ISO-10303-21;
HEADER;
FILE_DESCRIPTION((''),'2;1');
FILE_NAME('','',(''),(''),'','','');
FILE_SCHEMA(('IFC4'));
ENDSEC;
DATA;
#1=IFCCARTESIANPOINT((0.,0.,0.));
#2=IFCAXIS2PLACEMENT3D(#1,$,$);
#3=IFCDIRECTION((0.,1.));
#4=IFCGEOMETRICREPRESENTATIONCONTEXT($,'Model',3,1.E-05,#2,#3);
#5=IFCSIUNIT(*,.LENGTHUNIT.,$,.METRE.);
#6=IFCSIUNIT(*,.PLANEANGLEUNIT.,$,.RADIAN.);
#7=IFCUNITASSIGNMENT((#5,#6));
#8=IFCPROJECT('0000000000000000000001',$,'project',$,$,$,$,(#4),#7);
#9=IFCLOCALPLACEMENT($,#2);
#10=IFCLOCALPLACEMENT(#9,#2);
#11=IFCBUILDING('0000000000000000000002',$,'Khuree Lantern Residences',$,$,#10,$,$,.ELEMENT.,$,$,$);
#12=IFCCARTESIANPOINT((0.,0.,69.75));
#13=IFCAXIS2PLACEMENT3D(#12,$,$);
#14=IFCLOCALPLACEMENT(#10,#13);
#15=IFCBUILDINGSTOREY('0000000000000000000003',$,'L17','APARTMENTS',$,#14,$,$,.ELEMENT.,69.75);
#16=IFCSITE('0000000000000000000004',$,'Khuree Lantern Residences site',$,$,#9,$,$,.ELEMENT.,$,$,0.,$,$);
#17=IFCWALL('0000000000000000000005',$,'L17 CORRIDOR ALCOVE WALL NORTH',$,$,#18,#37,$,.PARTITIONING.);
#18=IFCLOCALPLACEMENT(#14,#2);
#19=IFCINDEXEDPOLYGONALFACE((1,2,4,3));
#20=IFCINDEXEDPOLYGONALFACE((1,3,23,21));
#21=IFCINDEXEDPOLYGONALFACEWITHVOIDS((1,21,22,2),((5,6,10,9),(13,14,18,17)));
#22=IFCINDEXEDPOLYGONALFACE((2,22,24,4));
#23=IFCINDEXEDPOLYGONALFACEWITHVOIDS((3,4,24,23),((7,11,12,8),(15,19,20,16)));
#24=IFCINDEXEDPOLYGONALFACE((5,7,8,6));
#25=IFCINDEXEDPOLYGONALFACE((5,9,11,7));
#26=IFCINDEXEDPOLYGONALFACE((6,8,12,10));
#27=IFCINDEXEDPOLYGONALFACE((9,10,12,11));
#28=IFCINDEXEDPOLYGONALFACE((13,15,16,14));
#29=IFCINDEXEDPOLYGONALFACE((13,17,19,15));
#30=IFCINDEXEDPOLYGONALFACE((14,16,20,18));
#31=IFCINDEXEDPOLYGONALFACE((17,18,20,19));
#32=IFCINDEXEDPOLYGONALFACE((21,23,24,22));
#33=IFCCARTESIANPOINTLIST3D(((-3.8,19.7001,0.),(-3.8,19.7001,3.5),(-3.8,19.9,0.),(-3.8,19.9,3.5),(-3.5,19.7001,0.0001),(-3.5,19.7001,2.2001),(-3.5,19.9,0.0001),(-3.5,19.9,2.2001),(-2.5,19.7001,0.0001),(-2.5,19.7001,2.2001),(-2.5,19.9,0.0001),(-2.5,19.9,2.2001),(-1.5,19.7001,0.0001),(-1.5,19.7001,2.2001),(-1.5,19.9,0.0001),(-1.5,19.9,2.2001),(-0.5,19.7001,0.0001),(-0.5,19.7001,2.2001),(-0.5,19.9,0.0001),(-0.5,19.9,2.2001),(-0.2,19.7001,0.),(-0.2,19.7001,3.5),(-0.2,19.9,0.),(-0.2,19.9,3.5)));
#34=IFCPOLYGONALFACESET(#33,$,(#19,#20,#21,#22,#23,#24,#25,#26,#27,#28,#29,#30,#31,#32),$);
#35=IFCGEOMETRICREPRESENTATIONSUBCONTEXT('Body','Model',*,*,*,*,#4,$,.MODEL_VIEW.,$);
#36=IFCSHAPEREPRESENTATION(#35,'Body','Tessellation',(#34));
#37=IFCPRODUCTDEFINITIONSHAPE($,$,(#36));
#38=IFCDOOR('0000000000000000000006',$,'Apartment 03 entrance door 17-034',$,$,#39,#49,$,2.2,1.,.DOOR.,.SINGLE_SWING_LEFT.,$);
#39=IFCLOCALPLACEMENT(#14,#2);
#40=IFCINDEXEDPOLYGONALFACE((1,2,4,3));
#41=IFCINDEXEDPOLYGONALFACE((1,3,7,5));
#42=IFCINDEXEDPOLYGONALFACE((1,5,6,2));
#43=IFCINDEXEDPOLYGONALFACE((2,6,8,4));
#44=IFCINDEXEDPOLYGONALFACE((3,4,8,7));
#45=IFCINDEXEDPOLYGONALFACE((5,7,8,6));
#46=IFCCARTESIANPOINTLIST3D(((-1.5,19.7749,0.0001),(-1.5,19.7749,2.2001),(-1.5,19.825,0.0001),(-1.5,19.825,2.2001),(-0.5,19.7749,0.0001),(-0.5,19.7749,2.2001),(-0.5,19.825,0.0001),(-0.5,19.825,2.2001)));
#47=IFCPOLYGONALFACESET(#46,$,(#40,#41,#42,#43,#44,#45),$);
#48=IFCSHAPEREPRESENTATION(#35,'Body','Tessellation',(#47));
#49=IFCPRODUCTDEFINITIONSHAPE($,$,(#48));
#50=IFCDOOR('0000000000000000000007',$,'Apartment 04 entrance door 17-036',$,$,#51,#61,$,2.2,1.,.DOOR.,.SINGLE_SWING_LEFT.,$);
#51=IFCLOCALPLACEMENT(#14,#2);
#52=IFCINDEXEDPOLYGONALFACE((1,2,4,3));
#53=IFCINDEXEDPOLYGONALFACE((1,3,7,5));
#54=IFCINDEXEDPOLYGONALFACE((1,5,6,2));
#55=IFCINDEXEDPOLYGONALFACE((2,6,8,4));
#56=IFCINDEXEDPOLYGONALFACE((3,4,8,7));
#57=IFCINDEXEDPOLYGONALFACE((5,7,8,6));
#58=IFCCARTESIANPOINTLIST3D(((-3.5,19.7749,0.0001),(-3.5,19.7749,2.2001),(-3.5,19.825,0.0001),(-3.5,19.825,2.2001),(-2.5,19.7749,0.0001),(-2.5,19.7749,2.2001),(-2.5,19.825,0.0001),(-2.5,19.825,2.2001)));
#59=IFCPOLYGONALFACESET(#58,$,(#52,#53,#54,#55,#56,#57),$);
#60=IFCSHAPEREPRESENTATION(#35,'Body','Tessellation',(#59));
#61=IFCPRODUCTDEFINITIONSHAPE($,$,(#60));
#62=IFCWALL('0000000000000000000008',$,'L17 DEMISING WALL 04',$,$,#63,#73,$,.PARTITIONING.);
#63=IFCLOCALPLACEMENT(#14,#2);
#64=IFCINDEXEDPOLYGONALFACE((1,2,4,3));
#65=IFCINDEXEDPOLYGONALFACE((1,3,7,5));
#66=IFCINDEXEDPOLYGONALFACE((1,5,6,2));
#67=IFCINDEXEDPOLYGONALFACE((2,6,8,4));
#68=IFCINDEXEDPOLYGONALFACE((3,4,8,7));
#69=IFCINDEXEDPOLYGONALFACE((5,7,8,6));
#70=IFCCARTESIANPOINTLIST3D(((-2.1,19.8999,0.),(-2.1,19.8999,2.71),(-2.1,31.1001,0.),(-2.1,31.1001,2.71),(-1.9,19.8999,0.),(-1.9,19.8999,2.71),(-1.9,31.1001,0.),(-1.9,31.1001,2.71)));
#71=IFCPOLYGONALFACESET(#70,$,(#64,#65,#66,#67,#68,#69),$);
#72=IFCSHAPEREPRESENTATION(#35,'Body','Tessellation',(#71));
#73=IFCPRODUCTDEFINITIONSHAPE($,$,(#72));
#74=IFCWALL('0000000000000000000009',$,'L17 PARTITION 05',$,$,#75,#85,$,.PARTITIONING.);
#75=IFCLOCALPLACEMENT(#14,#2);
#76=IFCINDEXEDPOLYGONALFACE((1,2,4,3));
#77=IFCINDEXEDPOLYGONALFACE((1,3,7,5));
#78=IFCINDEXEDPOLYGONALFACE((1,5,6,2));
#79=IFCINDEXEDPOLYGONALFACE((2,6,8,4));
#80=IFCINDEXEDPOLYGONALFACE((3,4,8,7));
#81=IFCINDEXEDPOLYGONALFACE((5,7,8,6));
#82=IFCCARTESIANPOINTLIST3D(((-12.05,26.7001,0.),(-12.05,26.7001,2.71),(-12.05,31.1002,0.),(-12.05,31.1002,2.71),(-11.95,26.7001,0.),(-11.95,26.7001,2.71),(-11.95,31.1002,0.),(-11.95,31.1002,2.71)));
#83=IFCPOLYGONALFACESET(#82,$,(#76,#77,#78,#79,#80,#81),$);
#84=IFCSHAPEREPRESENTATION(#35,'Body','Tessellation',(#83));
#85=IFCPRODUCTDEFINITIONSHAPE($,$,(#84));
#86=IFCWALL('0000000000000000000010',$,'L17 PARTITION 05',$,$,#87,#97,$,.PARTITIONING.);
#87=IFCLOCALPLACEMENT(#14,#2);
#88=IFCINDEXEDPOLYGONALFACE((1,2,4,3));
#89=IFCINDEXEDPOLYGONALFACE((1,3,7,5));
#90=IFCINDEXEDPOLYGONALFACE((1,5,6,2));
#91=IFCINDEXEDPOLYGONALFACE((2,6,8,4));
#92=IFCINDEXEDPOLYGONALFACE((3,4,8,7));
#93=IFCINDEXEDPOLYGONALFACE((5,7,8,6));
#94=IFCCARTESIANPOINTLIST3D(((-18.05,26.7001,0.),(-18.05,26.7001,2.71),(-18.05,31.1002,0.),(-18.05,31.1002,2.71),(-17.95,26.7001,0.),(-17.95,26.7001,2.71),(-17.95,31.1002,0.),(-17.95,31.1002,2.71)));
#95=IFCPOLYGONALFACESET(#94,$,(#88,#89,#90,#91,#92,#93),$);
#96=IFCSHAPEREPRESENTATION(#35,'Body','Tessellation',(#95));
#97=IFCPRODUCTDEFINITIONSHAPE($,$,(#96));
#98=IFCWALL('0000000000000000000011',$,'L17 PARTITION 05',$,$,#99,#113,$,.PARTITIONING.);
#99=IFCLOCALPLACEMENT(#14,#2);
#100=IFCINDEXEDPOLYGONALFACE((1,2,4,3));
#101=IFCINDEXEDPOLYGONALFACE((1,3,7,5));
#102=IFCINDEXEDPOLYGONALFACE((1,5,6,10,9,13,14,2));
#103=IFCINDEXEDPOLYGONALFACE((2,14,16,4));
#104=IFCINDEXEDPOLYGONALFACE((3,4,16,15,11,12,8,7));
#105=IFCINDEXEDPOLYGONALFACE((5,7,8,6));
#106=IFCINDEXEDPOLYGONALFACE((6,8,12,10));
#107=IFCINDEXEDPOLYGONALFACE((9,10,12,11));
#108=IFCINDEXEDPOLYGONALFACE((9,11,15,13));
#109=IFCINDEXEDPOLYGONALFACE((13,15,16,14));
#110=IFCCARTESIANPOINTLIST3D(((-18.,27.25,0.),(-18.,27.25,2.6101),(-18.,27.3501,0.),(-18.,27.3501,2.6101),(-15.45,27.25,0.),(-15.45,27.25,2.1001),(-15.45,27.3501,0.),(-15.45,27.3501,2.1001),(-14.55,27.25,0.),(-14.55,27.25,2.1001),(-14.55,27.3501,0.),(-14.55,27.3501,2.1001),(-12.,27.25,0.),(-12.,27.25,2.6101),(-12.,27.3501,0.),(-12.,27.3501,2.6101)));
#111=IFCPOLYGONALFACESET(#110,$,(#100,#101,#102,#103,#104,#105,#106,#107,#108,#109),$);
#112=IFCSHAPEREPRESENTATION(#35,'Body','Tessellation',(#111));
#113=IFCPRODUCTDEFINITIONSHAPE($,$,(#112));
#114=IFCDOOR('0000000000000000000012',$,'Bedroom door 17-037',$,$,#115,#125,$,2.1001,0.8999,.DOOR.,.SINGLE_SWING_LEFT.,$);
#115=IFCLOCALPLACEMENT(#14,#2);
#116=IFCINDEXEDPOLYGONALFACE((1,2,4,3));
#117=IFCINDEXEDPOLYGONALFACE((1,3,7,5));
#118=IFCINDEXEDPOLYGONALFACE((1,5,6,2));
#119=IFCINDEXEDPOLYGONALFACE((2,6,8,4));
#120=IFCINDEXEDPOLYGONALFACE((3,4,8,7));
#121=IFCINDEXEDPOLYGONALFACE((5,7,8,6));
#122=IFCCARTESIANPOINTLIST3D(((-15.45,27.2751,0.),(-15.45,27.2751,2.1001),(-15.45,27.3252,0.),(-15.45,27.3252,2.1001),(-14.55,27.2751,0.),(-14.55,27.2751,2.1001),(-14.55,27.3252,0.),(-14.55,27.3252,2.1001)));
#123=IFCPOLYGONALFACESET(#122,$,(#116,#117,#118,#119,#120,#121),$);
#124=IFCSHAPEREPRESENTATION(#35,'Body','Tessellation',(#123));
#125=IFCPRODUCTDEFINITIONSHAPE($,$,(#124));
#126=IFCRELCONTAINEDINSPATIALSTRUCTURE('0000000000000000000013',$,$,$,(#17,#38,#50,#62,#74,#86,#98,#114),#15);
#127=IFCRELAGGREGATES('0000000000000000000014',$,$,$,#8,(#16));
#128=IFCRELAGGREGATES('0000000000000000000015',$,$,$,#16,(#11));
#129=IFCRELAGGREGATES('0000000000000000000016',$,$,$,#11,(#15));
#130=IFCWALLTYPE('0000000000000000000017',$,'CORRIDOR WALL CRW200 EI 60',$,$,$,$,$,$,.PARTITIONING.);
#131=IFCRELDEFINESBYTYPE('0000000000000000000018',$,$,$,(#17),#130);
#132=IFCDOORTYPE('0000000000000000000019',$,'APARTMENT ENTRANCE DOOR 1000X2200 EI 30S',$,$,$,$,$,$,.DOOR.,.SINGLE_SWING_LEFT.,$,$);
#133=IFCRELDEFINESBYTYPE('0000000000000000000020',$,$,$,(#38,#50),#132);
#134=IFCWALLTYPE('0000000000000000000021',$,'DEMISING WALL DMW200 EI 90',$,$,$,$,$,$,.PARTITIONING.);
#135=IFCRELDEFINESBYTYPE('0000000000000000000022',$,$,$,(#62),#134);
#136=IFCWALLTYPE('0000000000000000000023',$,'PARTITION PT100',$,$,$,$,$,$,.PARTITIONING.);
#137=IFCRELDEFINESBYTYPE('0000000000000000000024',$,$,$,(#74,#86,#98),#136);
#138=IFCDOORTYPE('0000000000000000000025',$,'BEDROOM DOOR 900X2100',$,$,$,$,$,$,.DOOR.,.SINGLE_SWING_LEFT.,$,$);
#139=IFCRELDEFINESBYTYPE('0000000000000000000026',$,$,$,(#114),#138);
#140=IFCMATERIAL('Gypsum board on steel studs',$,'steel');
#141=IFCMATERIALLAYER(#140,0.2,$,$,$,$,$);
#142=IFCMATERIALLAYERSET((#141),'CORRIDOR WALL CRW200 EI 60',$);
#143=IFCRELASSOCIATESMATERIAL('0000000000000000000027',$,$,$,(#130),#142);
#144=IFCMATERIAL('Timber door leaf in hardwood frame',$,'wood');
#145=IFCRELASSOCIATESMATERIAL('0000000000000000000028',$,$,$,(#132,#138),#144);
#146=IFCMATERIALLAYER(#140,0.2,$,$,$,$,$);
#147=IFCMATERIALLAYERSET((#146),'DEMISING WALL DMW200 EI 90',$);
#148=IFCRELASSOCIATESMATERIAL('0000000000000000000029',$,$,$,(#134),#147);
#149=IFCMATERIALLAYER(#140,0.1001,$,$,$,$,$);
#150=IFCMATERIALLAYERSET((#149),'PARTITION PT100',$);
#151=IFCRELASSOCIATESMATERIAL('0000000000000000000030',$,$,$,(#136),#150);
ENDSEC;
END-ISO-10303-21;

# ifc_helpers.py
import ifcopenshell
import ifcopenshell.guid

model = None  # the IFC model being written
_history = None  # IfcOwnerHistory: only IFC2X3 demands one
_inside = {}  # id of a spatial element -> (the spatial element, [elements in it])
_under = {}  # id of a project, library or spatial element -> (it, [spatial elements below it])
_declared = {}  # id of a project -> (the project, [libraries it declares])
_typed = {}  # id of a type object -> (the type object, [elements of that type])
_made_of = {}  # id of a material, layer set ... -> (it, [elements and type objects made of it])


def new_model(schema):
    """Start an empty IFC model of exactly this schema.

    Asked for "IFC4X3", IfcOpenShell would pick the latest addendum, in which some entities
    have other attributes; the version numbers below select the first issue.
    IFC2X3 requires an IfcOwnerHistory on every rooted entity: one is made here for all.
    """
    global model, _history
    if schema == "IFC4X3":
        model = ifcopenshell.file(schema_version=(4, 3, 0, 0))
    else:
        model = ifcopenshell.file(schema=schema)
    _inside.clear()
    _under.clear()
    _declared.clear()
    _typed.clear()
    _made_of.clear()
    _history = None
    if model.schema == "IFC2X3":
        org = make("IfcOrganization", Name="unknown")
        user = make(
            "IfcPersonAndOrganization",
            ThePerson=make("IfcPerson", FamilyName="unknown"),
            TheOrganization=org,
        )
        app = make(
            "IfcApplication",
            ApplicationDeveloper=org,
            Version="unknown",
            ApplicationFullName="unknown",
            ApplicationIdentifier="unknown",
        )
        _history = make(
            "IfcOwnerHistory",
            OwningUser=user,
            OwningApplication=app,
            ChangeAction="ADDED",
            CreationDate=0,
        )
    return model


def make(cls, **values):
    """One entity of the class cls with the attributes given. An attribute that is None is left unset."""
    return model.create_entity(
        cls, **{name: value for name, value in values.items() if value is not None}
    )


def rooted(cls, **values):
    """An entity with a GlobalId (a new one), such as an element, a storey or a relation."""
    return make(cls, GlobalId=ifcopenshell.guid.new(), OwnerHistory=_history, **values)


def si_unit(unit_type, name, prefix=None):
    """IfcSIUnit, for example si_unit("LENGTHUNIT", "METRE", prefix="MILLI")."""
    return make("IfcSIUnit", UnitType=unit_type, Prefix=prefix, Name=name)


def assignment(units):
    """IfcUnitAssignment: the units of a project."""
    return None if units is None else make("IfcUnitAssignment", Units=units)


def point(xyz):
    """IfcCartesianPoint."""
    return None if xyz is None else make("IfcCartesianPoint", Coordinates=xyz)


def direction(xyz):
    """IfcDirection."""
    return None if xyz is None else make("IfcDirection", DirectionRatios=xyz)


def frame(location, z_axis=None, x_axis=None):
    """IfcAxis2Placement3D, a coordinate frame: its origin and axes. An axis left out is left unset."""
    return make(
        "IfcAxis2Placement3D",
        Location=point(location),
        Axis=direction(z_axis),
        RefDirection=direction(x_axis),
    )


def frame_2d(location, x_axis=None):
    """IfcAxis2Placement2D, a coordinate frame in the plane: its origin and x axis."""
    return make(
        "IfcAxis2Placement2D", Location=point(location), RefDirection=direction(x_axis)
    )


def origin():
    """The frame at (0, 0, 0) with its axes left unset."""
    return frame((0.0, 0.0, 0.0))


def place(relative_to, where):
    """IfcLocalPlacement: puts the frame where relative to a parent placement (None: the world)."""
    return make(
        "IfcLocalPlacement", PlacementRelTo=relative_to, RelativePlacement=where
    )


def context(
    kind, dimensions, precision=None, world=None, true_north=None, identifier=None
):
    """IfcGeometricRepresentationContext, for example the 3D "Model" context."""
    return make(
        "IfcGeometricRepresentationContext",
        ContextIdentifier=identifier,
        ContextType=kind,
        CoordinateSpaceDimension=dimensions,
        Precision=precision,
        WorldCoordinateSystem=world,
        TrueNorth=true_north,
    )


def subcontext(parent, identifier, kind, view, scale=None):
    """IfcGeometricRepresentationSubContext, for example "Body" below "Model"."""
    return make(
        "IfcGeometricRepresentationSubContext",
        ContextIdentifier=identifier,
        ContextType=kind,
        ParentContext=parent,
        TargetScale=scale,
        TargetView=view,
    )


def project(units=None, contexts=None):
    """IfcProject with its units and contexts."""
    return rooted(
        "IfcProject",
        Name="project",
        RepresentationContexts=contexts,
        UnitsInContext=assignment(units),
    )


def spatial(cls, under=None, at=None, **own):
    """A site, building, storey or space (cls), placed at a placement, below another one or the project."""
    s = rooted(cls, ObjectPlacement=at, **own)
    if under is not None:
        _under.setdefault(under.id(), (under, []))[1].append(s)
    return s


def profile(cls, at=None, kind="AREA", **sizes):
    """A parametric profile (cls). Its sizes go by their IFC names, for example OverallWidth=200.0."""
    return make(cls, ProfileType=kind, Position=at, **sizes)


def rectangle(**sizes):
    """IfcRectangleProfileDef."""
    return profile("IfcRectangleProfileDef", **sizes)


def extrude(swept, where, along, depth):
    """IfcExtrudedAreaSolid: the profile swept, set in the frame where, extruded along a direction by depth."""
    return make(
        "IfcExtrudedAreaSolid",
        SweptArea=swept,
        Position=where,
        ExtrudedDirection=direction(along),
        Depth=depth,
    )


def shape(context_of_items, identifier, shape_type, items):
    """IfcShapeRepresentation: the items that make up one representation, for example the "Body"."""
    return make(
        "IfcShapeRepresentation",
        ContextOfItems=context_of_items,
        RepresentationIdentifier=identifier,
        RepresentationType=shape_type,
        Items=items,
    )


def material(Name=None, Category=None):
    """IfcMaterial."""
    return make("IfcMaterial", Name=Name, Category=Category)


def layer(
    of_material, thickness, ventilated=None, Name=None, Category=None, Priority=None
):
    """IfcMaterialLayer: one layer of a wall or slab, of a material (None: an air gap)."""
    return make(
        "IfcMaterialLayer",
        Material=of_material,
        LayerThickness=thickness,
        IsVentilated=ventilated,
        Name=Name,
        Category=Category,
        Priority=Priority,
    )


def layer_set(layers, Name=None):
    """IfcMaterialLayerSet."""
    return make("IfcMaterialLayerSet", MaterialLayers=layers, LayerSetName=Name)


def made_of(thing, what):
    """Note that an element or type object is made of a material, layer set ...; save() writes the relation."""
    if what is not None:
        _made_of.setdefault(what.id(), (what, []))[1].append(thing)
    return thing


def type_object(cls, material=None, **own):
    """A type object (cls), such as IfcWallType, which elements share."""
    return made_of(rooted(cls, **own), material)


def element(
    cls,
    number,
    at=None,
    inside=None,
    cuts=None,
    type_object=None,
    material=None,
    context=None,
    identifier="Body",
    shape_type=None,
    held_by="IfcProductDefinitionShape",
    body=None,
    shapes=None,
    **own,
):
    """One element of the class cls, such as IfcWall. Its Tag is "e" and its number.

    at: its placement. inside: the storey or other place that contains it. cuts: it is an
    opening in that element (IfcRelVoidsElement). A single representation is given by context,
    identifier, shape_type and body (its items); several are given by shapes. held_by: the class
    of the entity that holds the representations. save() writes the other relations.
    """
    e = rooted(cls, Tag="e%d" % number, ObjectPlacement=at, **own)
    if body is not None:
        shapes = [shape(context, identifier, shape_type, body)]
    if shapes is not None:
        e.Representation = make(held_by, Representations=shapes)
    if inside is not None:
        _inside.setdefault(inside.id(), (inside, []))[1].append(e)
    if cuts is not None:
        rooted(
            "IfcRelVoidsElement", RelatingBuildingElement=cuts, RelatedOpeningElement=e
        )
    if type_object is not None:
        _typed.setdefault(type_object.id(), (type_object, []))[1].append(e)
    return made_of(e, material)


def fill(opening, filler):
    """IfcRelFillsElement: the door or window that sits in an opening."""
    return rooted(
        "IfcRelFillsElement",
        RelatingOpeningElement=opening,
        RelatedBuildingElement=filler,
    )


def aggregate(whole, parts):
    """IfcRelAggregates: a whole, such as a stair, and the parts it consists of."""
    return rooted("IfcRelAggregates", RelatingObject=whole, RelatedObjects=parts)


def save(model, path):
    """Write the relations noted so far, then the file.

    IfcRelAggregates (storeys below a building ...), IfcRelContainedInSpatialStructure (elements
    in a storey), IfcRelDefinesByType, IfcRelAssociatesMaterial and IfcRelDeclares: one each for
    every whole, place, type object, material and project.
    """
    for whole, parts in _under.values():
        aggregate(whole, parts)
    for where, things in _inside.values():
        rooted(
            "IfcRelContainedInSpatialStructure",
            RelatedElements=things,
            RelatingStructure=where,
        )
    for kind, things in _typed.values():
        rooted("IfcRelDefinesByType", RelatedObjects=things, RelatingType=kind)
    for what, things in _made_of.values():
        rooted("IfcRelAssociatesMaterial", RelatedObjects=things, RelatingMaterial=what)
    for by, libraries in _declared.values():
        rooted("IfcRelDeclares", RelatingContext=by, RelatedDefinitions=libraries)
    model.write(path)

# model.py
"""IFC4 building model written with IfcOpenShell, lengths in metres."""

from ifc_helpers import new_model, si_unit, direction, frame, frame_2d, origin, place, context, subcontext, project, spatial, rectangle, extrude, material, layer, layer_set, type_object, element, fill, save


model = new_model("IFC4")

# Units and contexts
model_context = context("Model", 3, precision=1e-05, world=origin(), true_north=direction((0.0, 1.0)))
body_context = subcontext(model_context, "Body", "Model", "MODEL_VIEW")
ifc_project = project(units=[si_unit("LENGTHUNIT", "METRE"), si_unit("PLANEANGLEUNIT", "RADIAN")], contexts=[model_context])

# Site, building, storey
site_placement = place(None, origin())
site = spatial("IfcSite", under=ifc_project, at=site_placement, Name="Khuree Lantern Residences site", CompositionType="ELEMENT", RefElevation=0.0)
building_placement = place(site_placement, origin())
building = spatial("IfcBuilding", under=site, at=building_placement, Name="Khuree Lantern Residences", CompositionType="ELEMENT")
storey_placement = place(building_placement, frame((0.0, 0.0, 69.75)))
storey = spatial("IfcBuildingStorey", under=building, at=storey_placement, Name="L17", Description="APARTMENTS", CompositionType="ELEMENT", Elevation=69.75)

# Shared definitions
ifc_material_1 = material(Name="Timber door leaf in hardwood frame", Category="wood")

# Wall, openings, doors
ifc_material_2 = material(Name="Gypsum board on steel studs", Category="steel")
ifc_layer_1 = layer(ifc_material_2, 0.2)
ifc_layer_set_1 = layer_set([ifc_layer_1], Name="CORRIDOR WALL CRW200 EI 60")
wall_type_1 = type_object("IfcWallType", Name="CORRIDOR WALL CRW200 EI 60", PredefinedType="PARTITIONING", material=ifc_layer_set_1)
wall_1_placement = place(storey_placement, frame((-3.8, 19.8, 0.0), z_axis=(0.0, 0.0, 1.0), x_axis=(1.0, 0.0, 0.0)))
wall_1 = element("IfcWall", 1, at=wall_1_placement, inside=storey, type_object=wall_type_1, Name="L17 CORRIDOR ALCOVE WALL NORTH", PredefinedType="PARTITIONING", context=body_context, shape_type="SweptSolid", body=[
    extrude(rectangle(XDim=3.6001, YDim=0.2, at=frame_2d((1.8, 0.0))), origin(), (0.0, 0.0, 1.0), 3.5),
])
opening_1_placement = place(wall_1_placement, frame((2.3, 0.0, 0.0)))
opening_1 = element("IfcOpeningElement", 2, at=opening_1_placement, cuts=wall_1, PredefinedType="OPENING", context=body_context, shape_type="SweptSolid", body=[
    extrude(rectangle(XDim=1.0, YDim=2.2, at=frame_2d((0.5, 1.1001))), frame((0.0, 0.1099, 0.0), z_axis=(0.0, -1.0, 0.0), x_axis=(1.0, 0.0, 0.0)), (0.0, 0.0, 1.0), 0.22),
])
opening_2_placement = place(wall_1_placement, frame((0.3, 0.0, 0.0)))
opening_2 = element("IfcOpeningElement", 3, at=opening_2_placement, cuts=wall_1, PredefinedType="OPENING", context=body_context, shape_type="SweptSolid", body=[
    extrude(rectangle(XDim=1.0, YDim=2.2, at=frame_2d((0.5, 1.1001))), frame((0.0, 0.1099, 0.0), z_axis=(0.0, -1.0, 0.0), x_axis=(1.0, 0.0, 0.0)), (0.0, 0.0, 1.0), 0.22),
])
door_type_1 = type_object("IfcDoorType", Name="APARTMENT ENTRANCE DOOR 1000X2200 EI 30S", OperationType="SINGLE_SWING_LEFT", PredefinedType="DOOR", material=ifc_material_1)
door_1_placement = place(opening_1_placement, origin())
door_1 = element("IfcDoor", 4, at=door_1_placement, inside=storey, type_object=door_type_1, Name="Apartment 03 entrance door 17-034", OperationType="SINGLE_SWING_LEFT", OverallHeight=2.2, OverallWidth=1.0, PredefinedType="DOOR", context=body_context, shape_type="SweptSolid", body=[
    extrude(rectangle(XDim=1.0, YDim=2.2, at=frame_2d((0.5, 1.1001))), frame((0.0, 0.0249, 0.0), z_axis=(0.0, -1.0, 0.0), x_axis=(1.0, 0.0, 0.0)), (0.0, 0.0, 1.0), 0.05),
])
fill(opening_1, door_1)
door_2_placement = place(opening_2_placement, origin())
door_2 = element("IfcDoor", 5, at=door_2_placement, inside=storey, type_object=door_type_1, Name="Apartment 04 entrance door 17-036", OperationType="SINGLE_SWING_LEFT", OverallHeight=2.2, OverallWidth=1.0, PredefinedType="DOOR", context=body_context, shape_type="SweptSolid", body=[
    extrude(rectangle(XDim=1.0, YDim=2.2, at=frame_2d((0.5, 1.1001))), frame((0.0, 0.0249, 0.0), z_axis=(0.0, -1.0, 0.0), x_axis=(1.0, 0.0, 0.0)), (0.0, 0.0, 1.0), 0.05),
])
fill(opening_2, door_2)

# Walls
ifc_layer_2 = layer(ifc_material_2, 0.2)
ifc_layer_set_2 = layer_set([ifc_layer_2], Name="DEMISING WALL DMW200 EI 90")
wall_type_2 = type_object("IfcWallType", Name="DEMISING WALL DMW200 EI 90", PredefinedType="PARTITIONING", material=ifc_layer_set_2)
wall_2_placement = place(storey_placement, frame((-2.0, 19.8999, 0.0), z_axis=(0.0, 0.0, 1.0), x_axis=(0.0, 1.0, 0.0)))
element("IfcWall", 6, at=wall_2_placement, inside=storey, type_object=wall_type_2, Name="L17 DEMISING WALL 04", PredefinedType="PARTITIONING", context=body_context, shape_type="SweptSolid", body=[
    extrude(rectangle(XDim=11.2002, YDim=0.2, at=frame_2d((5.6001, 0.0))), origin(), (0.0, 0.0, 1.0), 2.71),
])
ifc_layer_3 = layer(ifc_material_2, 0.1001)
ifc_layer_set_3 = layer_set([ifc_layer_3], Name="PARTITION PT100")
wall_type_3 = type_object("IfcWallType", Name="PARTITION PT100", PredefinedType="PARTITIONING", material=ifc_layer_set_3)
for number, where, z_axis, x_axis, name in (
    (7, (-12.0, 26.7, 0.0), (0.0, 0.0, 1.0), (0.0, 1.0, 0.0), "L17 PARTITION 05"),
    (8, (-18.0, 26.7, 0.0), (0.0, 0.0, 1.0), (0.0, 1.0, 0.0), "L17 PARTITION 05"),
):
    element("IfcWall", number, at=place(storey_placement, frame(where, z_axis=z_axis, x_axis=x_axis)), inside=storey, type_object=wall_type_3, Name=name, PredefinedType="PARTITIONING", context=body_context, shape_type="SweptSolid", body=[
        extrude(rectangle(XDim=4.4001, YDim=0.1001, at=frame_2d((2.2002, 0.0))), origin(), (0.0, 0.0, 1.0), 2.71),
    ])

# Wall, opening, door
wall_3_placement = place(storey_placement, frame((-12.0, 27.3, 0.0), z_axis=(0.0, 0.0, 1.0), x_axis=(-1.0, 0.0, 0.0)))
wall_3 = element("IfcWall", 9, at=wall_3_placement, inside=storey, type_object=wall_type_3, Name="L17 PARTITION 05", PredefinedType="PARTITIONING", context=body_context, shape_type="SweptSolid", body=[
    extrude(rectangle(XDim=6.0, YDim=0.1001, at=frame_2d((3.0, 0.0))), origin(), (0.0, 0.0, 1.0), 2.6101),
])
opening_3_placement = place(wall_3_placement, frame((2.55, 0.0, 0.0)))
opening_3 = element("IfcOpeningElement", 10, at=opening_3_placement, cuts=wall_3, PredefinedType="OPENING", context=body_context, shape_type="SweptSolid", body=[
    extrude(rectangle(XDim=0.8999, YDim=2.1001, at=frame_2d((0.45, 1.05))), frame((0.0, 0.0601, 0.0), z_axis=(0.0, -1.0, 0.0), x_axis=(1.0, 0.0, 0.0)), (0.0, 0.0, 1.0), 0.1201),
])
door_type_2 = type_object("IfcDoorType", Name="BEDROOM DOOR 900X2100", OperationType="SINGLE_SWING_LEFT", PredefinedType="DOOR", material=ifc_material_1)
door_3_placement = place(opening_3_placement, origin())
door_3 = element("IfcDoor", 11, at=door_3_placement, inside=storey, type_object=door_type_2, Name="Bedroom door 17-037", OperationType="SINGLE_SWING_LEFT", OverallHeight=2.1001, OverallWidth=0.8999, PredefinedType="DOOR", context=body_context, shape_type="SweptSolid", body=[
    extrude(rectangle(XDim=0.8999, YDim=2.1001, at=frame_2d((0.45, 1.05))), frame((0.0, 0.0249, 0.0), z_axis=(0.0, -1.0, 0.0), x_axis=(1.0, 0.0, 0.0)), (0.0, 0.0, 1.0), 0.05),
])
fill(opening_3, door_3)

save(model, "model.ifc")
